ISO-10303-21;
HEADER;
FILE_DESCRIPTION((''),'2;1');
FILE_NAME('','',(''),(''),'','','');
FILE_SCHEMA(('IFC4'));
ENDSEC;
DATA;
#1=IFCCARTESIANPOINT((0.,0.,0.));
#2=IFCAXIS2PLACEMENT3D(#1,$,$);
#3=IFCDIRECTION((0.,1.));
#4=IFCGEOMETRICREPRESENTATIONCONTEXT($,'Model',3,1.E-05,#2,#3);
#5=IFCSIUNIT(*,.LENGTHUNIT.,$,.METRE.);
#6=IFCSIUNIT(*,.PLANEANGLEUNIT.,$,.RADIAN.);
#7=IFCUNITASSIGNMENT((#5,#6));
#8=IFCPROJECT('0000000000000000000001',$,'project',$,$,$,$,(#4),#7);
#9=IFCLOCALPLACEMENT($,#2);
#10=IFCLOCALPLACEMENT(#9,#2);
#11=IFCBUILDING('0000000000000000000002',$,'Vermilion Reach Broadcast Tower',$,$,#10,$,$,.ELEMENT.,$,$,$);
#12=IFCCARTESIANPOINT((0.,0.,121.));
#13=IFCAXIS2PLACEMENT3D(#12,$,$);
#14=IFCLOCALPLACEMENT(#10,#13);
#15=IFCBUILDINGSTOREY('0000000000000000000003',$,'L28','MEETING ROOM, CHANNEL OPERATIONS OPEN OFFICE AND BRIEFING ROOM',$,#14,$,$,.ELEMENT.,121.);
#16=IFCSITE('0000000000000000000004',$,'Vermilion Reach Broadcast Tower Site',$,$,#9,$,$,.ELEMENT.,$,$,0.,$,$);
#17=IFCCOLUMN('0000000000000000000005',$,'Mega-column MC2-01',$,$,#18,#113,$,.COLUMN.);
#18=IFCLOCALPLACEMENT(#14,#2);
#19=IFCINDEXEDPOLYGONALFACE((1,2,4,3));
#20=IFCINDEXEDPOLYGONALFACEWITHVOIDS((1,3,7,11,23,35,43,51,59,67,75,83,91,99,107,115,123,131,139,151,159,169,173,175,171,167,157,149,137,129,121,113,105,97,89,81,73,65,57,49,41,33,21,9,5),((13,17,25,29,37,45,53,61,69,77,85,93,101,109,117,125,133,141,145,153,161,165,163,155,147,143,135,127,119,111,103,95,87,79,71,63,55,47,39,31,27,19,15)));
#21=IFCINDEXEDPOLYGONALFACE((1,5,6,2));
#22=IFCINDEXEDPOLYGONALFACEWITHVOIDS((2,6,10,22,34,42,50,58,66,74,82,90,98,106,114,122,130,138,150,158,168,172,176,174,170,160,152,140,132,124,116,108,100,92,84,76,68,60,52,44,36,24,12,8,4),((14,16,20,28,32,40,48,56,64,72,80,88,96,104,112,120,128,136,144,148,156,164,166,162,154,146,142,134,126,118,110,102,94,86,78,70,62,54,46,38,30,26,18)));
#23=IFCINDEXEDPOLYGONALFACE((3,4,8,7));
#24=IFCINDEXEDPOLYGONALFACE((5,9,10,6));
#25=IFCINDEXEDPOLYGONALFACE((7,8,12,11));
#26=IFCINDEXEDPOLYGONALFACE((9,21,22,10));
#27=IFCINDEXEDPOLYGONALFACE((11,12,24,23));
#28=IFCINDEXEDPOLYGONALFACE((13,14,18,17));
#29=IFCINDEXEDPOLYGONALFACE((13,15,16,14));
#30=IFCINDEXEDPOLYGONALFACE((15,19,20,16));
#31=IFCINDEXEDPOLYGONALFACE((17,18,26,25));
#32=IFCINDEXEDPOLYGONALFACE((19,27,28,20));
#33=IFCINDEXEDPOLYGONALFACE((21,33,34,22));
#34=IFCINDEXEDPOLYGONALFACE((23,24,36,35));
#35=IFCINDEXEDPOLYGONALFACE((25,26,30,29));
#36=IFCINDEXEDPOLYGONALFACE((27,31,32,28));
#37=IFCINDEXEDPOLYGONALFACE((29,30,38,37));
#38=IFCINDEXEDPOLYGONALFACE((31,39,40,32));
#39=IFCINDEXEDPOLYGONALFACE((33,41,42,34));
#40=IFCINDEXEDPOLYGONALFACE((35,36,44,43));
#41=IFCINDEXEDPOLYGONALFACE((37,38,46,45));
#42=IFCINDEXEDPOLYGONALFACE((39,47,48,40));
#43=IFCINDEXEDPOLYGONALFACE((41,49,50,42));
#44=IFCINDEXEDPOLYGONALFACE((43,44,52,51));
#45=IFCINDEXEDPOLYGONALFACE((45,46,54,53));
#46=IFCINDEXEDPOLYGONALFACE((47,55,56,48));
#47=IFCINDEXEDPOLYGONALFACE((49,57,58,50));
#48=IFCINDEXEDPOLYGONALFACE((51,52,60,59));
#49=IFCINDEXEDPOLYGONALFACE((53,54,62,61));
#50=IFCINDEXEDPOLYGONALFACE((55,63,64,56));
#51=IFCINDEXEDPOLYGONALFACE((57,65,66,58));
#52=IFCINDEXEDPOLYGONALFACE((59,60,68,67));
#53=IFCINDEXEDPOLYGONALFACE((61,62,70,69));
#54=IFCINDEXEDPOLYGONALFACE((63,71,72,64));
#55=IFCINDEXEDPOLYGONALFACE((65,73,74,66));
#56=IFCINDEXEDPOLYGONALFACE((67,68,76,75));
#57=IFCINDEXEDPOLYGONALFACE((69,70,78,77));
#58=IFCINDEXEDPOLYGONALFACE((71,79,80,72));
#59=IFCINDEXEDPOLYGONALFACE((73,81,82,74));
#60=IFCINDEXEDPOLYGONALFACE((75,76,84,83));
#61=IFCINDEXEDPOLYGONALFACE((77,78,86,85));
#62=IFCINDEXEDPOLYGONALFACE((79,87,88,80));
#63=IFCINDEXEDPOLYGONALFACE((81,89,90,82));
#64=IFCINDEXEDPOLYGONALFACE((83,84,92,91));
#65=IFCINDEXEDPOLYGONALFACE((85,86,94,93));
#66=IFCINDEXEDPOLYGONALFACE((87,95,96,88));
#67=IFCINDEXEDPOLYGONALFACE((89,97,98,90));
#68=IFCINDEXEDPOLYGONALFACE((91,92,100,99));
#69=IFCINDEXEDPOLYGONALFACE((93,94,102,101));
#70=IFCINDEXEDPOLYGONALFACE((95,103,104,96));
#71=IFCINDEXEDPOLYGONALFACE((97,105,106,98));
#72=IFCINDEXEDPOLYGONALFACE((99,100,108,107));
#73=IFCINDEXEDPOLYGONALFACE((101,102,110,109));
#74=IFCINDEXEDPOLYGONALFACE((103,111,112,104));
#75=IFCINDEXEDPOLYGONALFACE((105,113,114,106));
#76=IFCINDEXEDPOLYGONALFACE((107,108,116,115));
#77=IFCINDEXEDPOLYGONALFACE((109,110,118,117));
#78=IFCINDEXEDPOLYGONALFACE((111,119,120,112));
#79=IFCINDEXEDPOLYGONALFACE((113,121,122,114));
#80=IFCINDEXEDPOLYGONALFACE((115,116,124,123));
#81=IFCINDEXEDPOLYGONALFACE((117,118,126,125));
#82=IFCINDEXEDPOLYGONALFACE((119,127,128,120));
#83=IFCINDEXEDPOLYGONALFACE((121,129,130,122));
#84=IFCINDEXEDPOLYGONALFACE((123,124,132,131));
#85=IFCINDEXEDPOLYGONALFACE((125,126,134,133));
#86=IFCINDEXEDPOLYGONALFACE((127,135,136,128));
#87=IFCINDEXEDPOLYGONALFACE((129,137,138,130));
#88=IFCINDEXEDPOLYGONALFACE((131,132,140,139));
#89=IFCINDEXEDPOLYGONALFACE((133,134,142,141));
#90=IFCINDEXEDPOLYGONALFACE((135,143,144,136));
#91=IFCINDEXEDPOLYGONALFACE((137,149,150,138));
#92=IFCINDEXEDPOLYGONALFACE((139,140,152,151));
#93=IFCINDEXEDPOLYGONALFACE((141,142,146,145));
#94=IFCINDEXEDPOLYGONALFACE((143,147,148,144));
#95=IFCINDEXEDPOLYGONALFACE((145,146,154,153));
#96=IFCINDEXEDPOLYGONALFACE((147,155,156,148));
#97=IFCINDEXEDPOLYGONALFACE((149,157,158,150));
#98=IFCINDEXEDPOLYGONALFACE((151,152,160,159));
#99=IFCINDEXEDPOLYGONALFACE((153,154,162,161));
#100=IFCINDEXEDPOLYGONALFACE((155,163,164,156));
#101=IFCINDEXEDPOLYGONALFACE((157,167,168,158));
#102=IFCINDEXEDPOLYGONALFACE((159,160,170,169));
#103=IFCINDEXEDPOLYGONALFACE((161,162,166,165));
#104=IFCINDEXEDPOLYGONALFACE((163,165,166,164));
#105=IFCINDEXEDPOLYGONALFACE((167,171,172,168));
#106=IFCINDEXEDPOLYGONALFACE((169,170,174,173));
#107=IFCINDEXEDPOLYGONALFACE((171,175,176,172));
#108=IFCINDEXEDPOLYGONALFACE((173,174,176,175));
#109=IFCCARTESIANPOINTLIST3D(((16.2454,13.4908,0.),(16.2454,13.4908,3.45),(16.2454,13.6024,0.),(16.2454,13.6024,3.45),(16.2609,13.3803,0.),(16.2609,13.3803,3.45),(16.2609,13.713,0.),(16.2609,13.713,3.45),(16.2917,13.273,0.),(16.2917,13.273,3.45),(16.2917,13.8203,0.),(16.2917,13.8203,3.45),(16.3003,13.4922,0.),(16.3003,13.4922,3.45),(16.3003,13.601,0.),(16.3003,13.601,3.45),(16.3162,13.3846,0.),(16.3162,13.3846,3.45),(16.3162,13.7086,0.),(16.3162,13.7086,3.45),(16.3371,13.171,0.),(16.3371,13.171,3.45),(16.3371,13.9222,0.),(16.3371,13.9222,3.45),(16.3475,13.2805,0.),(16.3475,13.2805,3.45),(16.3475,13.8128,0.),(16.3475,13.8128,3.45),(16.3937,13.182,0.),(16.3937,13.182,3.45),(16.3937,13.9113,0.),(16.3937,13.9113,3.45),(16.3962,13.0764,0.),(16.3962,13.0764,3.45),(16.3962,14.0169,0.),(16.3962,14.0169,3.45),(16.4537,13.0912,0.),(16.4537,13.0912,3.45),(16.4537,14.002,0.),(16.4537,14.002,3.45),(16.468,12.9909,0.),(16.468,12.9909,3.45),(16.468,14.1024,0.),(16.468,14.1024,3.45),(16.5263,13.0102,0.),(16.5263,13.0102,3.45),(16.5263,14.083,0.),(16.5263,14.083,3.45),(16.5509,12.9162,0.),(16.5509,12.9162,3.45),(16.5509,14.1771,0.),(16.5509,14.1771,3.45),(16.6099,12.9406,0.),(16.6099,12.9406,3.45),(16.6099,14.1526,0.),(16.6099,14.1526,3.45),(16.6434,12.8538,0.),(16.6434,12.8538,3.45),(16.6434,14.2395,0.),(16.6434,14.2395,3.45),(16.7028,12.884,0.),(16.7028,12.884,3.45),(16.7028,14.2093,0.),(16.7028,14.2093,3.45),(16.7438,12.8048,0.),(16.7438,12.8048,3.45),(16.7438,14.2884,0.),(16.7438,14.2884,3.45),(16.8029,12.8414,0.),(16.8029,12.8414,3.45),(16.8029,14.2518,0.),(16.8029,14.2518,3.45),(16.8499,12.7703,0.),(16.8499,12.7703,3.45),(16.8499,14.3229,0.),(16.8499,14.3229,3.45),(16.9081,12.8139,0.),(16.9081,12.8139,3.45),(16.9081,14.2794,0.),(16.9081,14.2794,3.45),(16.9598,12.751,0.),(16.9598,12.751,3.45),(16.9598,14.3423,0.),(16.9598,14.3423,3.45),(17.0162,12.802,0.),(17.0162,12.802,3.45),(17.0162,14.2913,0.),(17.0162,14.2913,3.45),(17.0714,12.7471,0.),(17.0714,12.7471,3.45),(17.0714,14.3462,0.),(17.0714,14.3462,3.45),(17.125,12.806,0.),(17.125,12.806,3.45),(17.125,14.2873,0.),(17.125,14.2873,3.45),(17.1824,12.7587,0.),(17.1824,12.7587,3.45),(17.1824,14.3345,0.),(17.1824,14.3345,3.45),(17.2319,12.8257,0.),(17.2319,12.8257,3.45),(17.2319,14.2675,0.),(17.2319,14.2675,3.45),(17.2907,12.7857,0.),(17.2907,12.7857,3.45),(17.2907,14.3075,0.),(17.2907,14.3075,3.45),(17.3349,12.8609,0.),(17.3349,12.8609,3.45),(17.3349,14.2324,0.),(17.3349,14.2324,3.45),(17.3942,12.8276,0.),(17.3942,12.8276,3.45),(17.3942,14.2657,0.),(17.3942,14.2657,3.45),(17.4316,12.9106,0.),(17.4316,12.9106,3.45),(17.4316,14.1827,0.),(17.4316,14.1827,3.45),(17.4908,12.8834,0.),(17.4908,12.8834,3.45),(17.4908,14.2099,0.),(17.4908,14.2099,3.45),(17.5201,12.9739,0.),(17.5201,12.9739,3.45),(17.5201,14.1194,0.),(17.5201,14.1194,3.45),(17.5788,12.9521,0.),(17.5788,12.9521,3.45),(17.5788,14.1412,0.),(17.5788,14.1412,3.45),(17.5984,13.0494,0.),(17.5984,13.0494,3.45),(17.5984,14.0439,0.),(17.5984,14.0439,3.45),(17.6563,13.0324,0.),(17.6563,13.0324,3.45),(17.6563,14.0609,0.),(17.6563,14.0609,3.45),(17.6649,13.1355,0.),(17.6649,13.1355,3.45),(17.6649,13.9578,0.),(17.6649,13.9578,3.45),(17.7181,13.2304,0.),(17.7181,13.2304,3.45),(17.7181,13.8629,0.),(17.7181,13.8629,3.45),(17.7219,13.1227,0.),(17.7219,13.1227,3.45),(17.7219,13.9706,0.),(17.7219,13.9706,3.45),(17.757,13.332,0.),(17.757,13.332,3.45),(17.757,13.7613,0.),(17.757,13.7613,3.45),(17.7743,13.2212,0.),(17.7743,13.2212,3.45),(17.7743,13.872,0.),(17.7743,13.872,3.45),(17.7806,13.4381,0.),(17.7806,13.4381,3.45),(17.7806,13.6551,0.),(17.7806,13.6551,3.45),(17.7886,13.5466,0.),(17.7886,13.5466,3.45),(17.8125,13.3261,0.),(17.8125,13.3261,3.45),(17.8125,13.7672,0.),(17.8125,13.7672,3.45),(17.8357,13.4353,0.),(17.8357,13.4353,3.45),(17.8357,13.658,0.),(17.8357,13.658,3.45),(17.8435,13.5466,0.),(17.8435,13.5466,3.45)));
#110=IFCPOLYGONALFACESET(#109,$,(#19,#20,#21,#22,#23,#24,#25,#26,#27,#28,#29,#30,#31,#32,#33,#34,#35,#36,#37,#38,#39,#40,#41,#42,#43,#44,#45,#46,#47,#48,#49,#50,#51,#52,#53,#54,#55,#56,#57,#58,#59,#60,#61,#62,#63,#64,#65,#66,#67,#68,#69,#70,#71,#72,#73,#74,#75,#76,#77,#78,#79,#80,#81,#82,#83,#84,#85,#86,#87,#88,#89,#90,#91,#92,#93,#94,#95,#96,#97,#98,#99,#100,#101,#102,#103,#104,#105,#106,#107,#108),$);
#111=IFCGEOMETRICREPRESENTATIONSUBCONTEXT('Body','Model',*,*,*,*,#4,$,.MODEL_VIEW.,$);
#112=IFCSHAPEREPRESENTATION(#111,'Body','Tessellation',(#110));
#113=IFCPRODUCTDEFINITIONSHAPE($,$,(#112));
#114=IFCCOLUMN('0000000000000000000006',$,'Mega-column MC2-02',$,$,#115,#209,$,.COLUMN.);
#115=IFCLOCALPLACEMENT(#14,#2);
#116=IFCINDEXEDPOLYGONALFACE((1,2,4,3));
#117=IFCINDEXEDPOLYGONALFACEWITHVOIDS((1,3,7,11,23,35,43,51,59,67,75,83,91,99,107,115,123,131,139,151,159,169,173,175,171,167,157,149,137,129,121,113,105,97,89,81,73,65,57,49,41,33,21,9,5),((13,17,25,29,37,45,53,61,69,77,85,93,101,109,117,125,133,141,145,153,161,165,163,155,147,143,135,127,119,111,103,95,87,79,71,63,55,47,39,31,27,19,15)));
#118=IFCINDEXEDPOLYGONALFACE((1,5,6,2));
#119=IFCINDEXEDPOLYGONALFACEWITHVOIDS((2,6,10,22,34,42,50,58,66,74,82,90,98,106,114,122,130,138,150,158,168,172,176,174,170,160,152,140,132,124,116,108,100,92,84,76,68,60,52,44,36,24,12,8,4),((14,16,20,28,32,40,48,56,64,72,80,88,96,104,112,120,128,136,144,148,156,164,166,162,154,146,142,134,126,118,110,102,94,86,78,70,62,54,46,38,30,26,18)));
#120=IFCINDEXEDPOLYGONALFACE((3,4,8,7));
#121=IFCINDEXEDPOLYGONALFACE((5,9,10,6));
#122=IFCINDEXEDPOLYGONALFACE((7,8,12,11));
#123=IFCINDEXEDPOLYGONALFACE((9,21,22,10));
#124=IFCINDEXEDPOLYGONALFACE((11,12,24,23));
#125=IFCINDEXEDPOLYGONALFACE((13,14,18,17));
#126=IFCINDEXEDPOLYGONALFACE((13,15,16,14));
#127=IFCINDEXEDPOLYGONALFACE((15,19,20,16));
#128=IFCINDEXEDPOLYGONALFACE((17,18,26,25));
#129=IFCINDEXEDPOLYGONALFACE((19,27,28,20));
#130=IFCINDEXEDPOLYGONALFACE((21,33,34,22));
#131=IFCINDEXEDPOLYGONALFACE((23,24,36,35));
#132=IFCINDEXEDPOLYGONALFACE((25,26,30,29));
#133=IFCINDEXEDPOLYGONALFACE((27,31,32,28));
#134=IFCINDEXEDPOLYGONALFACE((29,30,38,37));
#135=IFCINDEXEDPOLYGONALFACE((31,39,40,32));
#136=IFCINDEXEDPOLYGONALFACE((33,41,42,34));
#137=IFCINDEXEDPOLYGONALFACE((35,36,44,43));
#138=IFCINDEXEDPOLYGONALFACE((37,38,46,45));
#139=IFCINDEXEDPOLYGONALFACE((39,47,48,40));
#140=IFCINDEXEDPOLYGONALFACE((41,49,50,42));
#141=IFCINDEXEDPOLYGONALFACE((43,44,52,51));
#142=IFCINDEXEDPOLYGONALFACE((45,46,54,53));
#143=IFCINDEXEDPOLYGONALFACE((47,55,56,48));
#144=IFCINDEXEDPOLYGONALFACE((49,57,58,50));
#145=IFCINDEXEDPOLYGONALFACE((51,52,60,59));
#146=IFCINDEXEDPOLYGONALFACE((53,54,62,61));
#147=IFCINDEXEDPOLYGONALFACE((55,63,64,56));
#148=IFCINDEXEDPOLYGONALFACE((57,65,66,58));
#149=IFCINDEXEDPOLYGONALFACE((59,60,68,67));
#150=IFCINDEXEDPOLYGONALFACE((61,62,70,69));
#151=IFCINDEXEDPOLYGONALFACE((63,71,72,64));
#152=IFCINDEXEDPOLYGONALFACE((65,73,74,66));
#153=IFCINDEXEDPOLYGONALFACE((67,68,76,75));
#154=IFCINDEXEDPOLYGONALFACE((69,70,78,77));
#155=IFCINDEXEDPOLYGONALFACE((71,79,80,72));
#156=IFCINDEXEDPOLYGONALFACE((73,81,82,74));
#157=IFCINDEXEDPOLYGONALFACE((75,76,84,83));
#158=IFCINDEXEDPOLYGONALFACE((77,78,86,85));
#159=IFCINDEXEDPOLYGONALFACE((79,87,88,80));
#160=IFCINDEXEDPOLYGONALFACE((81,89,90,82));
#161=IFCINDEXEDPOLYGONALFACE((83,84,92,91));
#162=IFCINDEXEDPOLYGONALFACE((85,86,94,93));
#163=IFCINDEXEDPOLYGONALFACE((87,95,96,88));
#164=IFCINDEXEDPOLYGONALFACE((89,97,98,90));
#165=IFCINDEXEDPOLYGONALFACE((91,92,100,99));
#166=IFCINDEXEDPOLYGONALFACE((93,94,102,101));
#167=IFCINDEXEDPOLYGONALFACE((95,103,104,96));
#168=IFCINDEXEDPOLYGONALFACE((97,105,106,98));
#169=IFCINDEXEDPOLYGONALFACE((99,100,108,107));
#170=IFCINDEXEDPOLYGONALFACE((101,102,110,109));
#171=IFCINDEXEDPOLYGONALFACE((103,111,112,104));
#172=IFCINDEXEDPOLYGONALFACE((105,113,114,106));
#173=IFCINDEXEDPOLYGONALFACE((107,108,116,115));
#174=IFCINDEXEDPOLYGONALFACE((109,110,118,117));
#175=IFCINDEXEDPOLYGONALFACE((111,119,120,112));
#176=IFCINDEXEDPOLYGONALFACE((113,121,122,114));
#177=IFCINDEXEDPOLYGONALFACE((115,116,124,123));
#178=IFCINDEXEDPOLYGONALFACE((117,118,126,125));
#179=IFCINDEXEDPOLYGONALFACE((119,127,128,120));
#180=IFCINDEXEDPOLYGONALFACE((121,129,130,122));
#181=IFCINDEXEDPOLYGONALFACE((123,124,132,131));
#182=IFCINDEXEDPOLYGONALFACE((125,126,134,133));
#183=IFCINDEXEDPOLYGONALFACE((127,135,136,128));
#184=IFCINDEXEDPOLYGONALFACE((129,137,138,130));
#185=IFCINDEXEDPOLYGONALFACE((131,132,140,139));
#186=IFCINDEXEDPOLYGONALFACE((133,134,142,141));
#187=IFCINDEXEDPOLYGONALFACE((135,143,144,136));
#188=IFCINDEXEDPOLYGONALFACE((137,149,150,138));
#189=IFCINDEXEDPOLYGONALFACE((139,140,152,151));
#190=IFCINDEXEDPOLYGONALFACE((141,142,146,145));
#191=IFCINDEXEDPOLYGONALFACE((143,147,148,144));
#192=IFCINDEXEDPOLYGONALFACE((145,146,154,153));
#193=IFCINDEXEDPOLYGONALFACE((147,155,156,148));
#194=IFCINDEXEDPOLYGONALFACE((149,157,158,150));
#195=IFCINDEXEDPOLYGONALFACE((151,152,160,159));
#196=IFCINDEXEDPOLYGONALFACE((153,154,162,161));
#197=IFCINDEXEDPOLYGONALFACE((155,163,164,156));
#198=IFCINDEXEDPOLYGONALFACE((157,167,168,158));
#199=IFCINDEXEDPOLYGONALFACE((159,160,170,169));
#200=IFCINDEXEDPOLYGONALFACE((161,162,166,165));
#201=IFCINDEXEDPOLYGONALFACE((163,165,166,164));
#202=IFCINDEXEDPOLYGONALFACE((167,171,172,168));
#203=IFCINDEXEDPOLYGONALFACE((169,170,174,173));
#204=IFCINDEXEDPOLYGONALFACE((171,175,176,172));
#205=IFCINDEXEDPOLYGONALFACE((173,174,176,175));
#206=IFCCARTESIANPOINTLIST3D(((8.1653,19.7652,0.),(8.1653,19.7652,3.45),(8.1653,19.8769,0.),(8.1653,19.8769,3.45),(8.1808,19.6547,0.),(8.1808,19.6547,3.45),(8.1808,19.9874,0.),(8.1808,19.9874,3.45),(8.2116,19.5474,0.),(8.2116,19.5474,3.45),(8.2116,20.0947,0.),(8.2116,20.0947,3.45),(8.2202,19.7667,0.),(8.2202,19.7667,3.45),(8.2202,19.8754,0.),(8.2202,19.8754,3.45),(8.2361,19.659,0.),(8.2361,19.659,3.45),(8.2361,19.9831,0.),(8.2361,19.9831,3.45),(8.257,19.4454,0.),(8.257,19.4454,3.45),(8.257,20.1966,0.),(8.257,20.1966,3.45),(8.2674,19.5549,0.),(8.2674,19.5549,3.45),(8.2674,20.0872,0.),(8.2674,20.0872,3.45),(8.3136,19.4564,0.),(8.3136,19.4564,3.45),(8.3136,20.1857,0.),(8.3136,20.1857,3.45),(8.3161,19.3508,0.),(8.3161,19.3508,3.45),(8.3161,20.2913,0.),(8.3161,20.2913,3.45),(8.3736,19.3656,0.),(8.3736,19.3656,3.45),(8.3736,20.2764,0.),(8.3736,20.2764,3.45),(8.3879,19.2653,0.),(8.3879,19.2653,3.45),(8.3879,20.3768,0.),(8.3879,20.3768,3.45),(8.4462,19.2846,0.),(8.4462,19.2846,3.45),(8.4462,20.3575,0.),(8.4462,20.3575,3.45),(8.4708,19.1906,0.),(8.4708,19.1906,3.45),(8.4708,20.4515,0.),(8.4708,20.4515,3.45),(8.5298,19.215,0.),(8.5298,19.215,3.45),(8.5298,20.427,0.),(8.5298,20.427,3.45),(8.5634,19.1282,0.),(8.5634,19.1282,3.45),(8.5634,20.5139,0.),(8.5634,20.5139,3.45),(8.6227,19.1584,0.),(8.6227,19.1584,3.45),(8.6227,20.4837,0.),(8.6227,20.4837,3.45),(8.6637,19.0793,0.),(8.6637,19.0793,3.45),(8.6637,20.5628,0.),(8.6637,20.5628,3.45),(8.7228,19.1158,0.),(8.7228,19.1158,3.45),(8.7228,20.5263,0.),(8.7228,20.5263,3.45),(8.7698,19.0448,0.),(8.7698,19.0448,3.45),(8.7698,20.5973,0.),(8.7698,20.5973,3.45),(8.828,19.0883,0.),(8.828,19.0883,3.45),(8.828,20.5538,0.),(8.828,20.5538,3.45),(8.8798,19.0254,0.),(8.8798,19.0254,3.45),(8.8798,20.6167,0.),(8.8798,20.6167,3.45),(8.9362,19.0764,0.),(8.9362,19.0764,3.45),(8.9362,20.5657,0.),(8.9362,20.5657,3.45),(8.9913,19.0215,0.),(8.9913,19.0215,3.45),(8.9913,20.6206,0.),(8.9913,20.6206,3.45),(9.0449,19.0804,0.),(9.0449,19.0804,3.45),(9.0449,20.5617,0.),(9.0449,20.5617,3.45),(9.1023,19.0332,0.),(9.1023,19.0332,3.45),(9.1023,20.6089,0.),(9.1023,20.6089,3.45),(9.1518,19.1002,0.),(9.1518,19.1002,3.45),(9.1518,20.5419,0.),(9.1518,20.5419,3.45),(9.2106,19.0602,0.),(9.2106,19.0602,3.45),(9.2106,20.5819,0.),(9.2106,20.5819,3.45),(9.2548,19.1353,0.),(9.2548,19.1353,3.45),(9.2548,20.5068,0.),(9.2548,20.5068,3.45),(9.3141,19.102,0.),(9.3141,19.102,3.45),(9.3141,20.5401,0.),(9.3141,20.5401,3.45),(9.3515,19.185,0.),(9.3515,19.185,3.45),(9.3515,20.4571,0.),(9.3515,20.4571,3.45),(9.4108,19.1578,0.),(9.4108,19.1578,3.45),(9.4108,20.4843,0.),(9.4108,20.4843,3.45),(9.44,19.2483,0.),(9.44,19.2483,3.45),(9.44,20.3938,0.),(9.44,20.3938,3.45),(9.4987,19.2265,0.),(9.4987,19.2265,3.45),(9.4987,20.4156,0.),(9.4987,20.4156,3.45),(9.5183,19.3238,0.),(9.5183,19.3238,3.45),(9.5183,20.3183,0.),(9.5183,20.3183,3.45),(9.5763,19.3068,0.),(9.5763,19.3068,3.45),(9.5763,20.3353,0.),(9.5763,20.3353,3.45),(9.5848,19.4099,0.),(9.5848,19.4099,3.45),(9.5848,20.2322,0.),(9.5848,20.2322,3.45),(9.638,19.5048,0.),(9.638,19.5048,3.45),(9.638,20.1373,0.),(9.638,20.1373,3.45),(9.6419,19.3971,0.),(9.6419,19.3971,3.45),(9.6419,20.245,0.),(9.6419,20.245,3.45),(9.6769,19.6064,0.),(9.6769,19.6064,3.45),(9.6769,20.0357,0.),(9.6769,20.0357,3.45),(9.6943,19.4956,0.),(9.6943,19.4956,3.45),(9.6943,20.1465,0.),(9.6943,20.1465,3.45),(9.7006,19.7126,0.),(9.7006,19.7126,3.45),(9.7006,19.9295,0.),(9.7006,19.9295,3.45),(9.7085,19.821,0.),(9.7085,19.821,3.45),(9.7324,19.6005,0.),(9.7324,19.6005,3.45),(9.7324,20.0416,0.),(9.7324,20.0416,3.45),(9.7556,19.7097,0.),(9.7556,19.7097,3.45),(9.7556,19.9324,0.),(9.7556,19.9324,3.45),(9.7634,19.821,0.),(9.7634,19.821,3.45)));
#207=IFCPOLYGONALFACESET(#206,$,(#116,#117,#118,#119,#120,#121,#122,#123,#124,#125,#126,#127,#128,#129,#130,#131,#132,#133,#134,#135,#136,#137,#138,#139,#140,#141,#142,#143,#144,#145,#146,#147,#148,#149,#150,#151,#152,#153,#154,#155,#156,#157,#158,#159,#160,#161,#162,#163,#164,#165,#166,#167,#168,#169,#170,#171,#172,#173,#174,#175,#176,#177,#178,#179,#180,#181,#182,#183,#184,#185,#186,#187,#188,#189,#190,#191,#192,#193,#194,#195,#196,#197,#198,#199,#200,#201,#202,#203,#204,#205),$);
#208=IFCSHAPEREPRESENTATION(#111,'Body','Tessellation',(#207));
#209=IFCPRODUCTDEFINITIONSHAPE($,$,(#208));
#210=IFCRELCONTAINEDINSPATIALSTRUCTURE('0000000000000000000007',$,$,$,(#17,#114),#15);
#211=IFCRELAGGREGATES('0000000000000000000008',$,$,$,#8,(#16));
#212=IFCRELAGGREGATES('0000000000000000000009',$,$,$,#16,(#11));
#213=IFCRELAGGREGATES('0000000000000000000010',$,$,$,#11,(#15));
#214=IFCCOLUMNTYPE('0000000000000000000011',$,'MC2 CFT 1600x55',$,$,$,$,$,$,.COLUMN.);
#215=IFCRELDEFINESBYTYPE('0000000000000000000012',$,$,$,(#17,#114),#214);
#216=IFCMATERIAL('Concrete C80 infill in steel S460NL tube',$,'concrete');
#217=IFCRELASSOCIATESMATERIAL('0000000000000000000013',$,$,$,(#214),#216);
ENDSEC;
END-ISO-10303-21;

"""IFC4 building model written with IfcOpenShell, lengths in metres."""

from ifc_helpers import new_model, si_unit, direction, frame, origin, origin_2d, place, context, subcontext, project, spatial, hollow_circle, extrude, material, material_profile, profile_set, type_object, element, save


model = new_model("IFC4")

# Units and contexts
model_context = context("Model", 3, precision=1e-05, world=origin(), true_north=direction((0.0, 1.0)))
body_context = subcontext(model_context, "Body", "Model", "MODEL_VIEW")
ifc_project = project(units=[si_unit("LENGTHUNIT", "METRE"), si_unit("PLANEANGLEUNIT", "RADIAN")], contexts=[model_context])

# Site, building, storey
site_placement = place(None, origin())
site = spatial("IfcSite", under=ifc_project, at=site_placement, Name="Vermilion Reach Broadcast Tower Site", CompositionType="ELEMENT", RefElevation=0.0)
building_placement = place(site_placement, origin())
building = spatial("IfcBuilding", under=site, at=building_placement, Name="Vermilion Reach Broadcast Tower", CompositionType="ELEMENT")
storey_placement = place(building_placement, frame((0.0, 0.0, 121.0)))
storey = spatial("IfcBuildingStorey", under=building, at=storey_placement, Name="L28", Description="MEETING ROOM, CHANNEL OPERATIONS OPEN OFFICE AND BRIEFING ROOM", CompositionType="ELEMENT", Elevation=121.0)

# Columns
ifc_material_1 = material(Name="Concrete C80 infill in steel S460NL tube", Category="concrete")
ifc_material_profile_1 = material_profile(ifc_material_1, hollow_circle(Radius=0.8, WallThickness=0.0549, at=origin_2d()), Name="Concrete C80 infill in steel S460NL tube CFT 1600x55")
ifc_profile_set_1 = profile_set([ifc_material_profile_1], Name="Concrete C80 infill in steel S460NL tube")
column_type = type_object("IfcColumnType", Name="MC2 CFT 1600x55", PredefinedType="COLUMN", material=ifc_profile_set_1)
for number, where, z_axis, x_axis, name in (
    (1, (17.0435, 13.5466, 0.0), (0.0, 0.0, 1.0), (1.0, 0.0, 0.0), "Mega-column MC2-01"),
    (2, (8.9634, 19.821, 0.0), (0.0, 0.0, 1.0), (1.0, 0.0, 0.0), "Mega-column MC2-02"),
):
    element("IfcColumn", number, at=place(storey_placement, frame(where, z_axis=z_axis, x_axis=x_axis)), inside=storey, type_object=column_type, Name=name, PredefinedType="COLUMN", context=body_context, shape_type="SweptSolid", body=[
        extrude(hollow_circle(Radius=0.8, WallThickness=0.0549, at=origin_2d()), origin(), (0.0, 0.0, 1.0), 3.45),
    ])

save(model, "model.ifc")
